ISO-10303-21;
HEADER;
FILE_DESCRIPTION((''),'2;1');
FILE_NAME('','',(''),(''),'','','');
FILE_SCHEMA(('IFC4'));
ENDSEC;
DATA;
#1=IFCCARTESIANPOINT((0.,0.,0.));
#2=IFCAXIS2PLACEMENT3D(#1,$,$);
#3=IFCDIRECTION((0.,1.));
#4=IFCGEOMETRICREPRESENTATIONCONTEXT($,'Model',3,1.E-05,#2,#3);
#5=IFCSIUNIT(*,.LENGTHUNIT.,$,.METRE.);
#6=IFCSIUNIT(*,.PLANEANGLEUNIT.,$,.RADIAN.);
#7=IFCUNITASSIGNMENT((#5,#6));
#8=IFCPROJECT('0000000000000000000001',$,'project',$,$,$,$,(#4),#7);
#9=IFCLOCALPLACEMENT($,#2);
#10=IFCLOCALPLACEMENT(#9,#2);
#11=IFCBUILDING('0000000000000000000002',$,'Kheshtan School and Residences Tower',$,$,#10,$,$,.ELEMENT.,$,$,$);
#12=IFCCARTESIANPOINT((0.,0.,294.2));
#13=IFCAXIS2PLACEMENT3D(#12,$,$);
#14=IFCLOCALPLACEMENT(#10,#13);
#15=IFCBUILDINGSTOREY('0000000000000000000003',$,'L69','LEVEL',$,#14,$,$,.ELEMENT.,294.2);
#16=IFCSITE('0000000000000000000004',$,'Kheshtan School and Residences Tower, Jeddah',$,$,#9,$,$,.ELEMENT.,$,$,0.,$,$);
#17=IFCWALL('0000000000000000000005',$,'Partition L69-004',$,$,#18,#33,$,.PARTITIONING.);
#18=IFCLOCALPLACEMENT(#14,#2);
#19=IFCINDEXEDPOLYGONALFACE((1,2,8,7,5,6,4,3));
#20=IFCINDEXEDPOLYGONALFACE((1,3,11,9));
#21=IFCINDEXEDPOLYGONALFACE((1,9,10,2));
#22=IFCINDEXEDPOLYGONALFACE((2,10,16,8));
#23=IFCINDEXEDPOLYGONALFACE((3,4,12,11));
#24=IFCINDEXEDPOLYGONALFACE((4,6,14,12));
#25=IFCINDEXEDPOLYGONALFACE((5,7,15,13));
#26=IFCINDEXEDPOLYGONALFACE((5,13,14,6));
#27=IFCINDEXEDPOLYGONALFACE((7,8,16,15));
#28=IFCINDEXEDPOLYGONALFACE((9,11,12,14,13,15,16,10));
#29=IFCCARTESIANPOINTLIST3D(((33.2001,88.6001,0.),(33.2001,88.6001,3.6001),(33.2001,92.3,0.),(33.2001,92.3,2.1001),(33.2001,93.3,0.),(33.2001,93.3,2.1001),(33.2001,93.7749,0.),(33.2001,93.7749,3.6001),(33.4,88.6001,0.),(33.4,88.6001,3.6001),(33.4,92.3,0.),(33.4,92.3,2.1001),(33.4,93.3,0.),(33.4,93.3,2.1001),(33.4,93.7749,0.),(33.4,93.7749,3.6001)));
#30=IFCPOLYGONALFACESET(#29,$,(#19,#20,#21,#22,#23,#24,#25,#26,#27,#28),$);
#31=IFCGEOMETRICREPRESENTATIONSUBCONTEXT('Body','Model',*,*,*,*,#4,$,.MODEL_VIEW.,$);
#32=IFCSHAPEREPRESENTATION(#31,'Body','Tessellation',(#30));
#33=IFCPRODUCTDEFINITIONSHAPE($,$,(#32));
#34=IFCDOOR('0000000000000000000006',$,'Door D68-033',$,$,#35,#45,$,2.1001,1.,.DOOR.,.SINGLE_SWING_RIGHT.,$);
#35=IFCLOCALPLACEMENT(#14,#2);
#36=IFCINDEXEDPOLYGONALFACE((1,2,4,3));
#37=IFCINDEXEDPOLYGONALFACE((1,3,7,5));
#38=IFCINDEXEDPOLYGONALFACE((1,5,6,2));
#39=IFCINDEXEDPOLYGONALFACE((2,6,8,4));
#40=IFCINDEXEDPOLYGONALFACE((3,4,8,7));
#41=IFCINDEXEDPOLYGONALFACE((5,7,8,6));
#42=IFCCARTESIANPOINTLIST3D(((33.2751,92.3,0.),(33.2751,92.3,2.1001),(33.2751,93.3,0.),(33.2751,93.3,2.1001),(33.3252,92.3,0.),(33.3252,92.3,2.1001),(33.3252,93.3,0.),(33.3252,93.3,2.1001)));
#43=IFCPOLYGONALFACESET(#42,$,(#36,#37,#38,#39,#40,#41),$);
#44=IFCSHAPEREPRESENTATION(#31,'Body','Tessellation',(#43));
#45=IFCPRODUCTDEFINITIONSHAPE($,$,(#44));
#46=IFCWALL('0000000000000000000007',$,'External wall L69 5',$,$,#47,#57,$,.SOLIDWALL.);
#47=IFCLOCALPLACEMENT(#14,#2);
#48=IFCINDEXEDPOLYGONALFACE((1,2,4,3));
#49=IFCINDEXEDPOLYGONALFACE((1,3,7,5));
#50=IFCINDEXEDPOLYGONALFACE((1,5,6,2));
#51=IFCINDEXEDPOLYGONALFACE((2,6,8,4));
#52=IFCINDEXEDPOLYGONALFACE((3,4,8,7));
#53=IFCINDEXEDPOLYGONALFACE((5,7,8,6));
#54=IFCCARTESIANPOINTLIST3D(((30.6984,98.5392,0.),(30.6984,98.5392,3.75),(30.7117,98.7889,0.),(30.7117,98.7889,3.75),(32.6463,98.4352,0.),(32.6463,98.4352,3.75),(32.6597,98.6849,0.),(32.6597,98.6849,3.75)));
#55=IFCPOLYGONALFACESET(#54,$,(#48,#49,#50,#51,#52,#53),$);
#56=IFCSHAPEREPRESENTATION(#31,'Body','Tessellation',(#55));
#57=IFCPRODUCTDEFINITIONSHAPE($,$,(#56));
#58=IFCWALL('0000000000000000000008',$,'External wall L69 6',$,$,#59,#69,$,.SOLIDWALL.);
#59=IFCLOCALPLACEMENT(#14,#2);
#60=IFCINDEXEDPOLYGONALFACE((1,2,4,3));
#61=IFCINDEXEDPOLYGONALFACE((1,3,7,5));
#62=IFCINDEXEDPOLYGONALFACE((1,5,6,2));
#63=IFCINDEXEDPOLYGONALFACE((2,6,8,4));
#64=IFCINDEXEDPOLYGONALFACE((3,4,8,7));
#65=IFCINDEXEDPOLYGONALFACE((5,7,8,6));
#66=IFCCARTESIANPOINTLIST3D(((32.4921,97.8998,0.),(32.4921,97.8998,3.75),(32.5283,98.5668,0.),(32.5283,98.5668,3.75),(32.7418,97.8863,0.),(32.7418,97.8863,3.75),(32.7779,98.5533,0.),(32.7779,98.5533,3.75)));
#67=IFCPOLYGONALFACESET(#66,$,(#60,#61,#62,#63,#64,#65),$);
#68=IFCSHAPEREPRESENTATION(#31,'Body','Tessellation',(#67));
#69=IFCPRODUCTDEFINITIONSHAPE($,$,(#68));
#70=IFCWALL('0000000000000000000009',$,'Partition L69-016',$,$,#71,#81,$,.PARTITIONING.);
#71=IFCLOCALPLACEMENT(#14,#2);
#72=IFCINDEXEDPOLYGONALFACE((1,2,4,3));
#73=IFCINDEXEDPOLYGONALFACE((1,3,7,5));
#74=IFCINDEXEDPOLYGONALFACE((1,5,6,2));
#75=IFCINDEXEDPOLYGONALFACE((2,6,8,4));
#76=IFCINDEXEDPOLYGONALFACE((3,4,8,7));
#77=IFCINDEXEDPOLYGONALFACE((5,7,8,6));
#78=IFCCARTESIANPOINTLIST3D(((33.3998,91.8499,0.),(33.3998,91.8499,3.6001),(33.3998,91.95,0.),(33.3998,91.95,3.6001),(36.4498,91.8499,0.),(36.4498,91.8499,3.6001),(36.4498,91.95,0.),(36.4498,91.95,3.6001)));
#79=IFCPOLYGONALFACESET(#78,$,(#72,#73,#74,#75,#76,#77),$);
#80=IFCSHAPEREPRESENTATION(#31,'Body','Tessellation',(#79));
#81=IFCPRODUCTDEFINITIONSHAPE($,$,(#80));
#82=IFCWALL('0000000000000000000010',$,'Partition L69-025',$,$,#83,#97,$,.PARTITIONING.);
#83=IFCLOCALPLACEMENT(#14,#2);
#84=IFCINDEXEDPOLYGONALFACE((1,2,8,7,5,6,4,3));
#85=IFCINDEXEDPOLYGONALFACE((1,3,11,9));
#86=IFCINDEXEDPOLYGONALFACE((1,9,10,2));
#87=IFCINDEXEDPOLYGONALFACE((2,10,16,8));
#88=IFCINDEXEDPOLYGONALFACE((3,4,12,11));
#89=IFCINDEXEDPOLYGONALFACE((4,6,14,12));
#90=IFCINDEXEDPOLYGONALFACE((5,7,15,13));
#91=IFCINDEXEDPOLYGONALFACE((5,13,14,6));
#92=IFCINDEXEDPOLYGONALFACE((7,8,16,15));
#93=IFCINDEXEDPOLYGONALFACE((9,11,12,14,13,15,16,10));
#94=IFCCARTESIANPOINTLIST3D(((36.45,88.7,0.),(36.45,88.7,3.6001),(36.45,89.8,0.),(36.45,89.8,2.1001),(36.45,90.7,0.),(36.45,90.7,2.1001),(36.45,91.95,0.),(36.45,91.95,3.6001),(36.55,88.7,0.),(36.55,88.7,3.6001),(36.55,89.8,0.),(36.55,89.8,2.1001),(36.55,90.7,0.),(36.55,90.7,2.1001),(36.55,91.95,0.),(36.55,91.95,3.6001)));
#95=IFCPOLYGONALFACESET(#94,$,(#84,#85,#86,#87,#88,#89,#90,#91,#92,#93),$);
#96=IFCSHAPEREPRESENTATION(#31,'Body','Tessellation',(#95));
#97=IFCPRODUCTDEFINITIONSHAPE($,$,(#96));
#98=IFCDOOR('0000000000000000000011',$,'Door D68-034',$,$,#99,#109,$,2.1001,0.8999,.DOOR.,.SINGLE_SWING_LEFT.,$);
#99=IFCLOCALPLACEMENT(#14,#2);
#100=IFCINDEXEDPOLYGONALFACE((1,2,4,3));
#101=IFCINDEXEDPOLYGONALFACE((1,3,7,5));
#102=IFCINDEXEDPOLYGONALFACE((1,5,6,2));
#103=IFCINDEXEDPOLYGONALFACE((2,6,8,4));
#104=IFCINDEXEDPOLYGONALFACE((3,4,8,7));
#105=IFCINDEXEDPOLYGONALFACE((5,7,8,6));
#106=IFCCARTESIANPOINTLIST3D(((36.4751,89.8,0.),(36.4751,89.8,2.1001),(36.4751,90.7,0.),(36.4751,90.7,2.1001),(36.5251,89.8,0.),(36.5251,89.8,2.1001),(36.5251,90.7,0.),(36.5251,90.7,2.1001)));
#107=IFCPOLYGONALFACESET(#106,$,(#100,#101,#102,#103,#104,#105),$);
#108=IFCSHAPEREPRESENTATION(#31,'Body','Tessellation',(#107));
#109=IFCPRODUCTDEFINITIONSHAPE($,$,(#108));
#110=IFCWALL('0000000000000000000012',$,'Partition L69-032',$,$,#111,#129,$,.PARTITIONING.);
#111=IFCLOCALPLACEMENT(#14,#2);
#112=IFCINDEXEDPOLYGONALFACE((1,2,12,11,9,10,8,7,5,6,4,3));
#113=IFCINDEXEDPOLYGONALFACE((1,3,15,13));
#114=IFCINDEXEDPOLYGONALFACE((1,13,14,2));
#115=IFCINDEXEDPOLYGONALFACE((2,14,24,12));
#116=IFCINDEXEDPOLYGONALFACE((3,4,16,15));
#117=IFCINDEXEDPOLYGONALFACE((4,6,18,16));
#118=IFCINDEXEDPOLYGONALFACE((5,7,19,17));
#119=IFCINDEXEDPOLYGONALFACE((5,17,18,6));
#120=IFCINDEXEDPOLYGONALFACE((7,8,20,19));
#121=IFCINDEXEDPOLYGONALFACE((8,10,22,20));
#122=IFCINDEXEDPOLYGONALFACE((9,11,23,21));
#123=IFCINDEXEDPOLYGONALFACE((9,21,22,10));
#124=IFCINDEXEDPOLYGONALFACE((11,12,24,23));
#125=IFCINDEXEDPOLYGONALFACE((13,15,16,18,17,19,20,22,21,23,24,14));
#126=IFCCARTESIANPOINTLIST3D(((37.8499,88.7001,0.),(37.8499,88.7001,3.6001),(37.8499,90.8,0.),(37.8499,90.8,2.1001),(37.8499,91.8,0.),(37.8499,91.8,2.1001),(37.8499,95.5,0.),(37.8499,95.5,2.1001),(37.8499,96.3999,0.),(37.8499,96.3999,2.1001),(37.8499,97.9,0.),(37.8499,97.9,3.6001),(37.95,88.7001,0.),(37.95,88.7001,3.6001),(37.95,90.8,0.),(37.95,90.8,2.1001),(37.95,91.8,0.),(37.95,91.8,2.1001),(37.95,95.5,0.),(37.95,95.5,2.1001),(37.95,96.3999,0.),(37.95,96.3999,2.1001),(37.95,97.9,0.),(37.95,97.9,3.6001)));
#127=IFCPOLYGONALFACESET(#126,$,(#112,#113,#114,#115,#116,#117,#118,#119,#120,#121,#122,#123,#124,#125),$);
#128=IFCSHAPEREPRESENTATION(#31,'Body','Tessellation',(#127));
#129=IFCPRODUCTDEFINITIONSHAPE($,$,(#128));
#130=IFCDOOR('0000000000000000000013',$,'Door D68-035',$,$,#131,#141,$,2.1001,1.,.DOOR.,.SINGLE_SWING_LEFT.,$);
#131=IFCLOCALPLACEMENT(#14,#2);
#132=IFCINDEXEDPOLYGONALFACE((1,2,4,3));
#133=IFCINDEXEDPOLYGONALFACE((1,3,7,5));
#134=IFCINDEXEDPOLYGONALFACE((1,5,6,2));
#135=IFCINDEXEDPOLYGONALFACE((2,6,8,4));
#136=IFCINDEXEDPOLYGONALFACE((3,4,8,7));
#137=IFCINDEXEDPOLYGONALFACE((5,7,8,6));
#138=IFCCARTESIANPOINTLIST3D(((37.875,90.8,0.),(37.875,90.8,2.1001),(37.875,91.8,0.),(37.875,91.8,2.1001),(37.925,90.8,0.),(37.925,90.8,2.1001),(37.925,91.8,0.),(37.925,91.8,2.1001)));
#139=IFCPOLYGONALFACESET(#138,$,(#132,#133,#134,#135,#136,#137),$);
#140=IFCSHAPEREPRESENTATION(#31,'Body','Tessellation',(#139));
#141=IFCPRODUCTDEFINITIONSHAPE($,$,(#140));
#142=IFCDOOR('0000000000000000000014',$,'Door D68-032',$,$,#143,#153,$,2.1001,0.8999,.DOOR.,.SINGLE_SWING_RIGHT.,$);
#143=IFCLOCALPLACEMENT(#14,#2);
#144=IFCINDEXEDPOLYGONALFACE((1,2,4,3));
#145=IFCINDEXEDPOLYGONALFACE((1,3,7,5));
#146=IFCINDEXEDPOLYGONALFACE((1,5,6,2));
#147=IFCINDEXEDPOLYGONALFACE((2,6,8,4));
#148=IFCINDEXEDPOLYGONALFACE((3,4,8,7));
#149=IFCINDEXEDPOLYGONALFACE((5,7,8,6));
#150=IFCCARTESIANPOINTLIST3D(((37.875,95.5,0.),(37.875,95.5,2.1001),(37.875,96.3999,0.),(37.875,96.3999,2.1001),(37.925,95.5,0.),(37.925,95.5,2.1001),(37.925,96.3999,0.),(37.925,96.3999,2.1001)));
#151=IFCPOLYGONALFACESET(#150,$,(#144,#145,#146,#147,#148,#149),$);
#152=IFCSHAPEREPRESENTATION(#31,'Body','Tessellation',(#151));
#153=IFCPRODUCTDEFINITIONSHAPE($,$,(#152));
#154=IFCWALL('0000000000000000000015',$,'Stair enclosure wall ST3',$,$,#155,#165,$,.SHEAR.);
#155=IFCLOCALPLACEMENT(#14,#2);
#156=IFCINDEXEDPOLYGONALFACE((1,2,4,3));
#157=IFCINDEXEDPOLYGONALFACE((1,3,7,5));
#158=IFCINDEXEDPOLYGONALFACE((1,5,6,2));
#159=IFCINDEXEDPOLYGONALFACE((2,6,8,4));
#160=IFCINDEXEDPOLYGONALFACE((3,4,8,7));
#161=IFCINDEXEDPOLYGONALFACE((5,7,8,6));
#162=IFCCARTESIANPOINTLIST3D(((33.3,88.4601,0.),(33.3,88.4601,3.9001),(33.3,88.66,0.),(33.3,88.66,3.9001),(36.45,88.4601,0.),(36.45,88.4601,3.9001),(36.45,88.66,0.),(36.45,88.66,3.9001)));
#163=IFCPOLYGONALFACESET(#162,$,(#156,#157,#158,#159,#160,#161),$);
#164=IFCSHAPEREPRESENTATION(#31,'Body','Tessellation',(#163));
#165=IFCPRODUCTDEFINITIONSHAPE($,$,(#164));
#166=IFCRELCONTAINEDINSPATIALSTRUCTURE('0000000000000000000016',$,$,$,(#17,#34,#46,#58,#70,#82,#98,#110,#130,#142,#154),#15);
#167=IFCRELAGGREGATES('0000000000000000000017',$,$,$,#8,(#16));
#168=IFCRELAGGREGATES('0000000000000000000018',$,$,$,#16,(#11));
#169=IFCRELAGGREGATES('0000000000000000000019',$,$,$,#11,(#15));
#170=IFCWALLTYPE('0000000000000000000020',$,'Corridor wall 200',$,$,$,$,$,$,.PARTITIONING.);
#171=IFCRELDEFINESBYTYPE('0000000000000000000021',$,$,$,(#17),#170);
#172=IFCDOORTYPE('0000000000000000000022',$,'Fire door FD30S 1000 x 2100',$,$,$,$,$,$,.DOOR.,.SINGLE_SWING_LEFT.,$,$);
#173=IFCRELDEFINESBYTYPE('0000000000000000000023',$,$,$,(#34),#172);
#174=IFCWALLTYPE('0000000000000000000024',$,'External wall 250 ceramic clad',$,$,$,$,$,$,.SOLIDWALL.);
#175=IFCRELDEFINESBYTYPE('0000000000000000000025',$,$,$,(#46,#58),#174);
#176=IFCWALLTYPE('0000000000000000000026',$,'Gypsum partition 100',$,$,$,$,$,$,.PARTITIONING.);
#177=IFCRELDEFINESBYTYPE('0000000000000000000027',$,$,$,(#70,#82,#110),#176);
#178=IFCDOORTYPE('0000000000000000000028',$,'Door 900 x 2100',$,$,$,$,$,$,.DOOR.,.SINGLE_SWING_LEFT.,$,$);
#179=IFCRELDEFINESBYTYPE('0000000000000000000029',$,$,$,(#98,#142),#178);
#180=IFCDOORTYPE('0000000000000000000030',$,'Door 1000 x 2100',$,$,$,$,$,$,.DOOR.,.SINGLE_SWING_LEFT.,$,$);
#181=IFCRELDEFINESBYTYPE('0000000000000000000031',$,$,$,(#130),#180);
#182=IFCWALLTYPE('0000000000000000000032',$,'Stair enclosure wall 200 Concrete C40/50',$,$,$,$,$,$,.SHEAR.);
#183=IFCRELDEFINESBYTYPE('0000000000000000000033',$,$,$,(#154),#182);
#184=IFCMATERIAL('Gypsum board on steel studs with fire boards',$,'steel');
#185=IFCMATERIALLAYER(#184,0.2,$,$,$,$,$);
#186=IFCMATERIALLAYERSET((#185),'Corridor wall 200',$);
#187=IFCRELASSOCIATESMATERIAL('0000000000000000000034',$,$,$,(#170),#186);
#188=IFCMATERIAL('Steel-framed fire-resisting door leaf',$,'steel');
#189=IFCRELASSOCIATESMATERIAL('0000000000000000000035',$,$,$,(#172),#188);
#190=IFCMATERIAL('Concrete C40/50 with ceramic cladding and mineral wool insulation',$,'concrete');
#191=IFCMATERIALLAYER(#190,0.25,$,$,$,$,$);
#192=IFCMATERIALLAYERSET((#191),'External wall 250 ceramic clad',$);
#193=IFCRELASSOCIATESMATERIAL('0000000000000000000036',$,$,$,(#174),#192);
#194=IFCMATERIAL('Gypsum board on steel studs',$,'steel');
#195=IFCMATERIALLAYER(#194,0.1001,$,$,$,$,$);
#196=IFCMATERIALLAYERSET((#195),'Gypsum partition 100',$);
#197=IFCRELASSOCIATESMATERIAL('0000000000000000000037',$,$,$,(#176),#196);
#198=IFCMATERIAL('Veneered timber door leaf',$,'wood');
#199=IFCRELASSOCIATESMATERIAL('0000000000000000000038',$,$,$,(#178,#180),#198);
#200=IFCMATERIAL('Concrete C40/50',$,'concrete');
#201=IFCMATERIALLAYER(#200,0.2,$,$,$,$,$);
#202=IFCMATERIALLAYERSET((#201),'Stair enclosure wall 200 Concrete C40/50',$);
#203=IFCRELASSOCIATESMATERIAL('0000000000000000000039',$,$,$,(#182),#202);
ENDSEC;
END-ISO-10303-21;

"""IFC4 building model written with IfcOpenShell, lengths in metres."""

from ifc_helpers import new_model, si_unit, direction, frame, frame_2d, origin, place, context, subcontext, project, spatial, rectangle, extrude, source, transform, mapped, material, layer, layer_set, type_object, element, fill, save


model = new_model("IFC4")

# Units and contexts
model_context = context("Model", 3, precision=1e-05, world=origin(), true_north=direction((0.0, 1.0)))
body_context = subcontext(model_context, "Body", "Model", "MODEL_VIEW")
ifc_project = project(units=[si_unit("LENGTHUNIT", "METRE"), si_unit("PLANEANGLEUNIT", "RADIAN")], contexts=[model_context])

# Site, building, storey
site_placement = place(None, origin())
site = spatial("IfcSite", under=ifc_project, at=site_placement, Name="Kheshtan School and Residences Tower, Jeddah", CompositionType="ELEMENT", RefElevation=0.0)
building_placement = place(site_placement, origin())
building = spatial("IfcBuilding", under=site, at=building_placement, Name="Kheshtan School and Residences Tower", CompositionType="ELEMENT")
storey_placement = place(building_placement, frame((0.0, 0.0, 294.2)))
storey = spatial("IfcBuildingStorey", under=building, at=storey_placement, Name="L69", Description="LEVEL", CompositionType="ELEMENT", Elevation=294.2)

# Shared definitions
ifc_material_1 = material(Name="Gypsum board on steel studs with fire boards", Category="steel")
ifc_layer_1 = layer(ifc_material_1, 0.2)
ifc_layer_set_1 = layer_set([ifc_layer_1], Name="Corridor wall 200")
wall_type_1 = type_object("IfcWallType", Name="Corridor wall 200", PredefinedType="PARTITIONING", material=ifc_layer_set_1)

# Wall, opening, door
wall_1_placement = place(storey_placement, frame((33.3, 88.6001, 0.0), z_axis=(0.0, 0.0, 1.0), x_axis=(0.0, 1.0, 0.0)))
wall_1 = element("IfcWall", 1, at=wall_1_placement, inside=storey, type_object=wall_type_1, Name="Partition L69-004", PredefinedType="PARTITIONING", context=body_context, shape_type="SweptSolid", body=[
    extrude(rectangle(XDim=5.1748, YDim=0.2, at=frame_2d((2.5874, 0.0))), origin(), (0.0, 0.0, 1.0), 3.6001),
])
opening_1_placement = place(wall_1_placement, frame((3.7, 0.0, 0.0)))
opening_1 = element("IfcOpeningElement", 2, at=opening_1_placement, cuts=wall_1, PredefinedType="OPENING", context=body_context, shape_type="SweptSolid", body=[
    extrude(rectangle(XDim=1.0, YDim=2.1001, at=frame_2d((0.5, 1.05))), frame((0.0, 0.1099, 0.0), z_axis=(0.0, -1.0, 0.0), x_axis=(1.0, 0.0, 0.0)), (0.0, 0.0, 1.0), 0.22),
])
ifc_material_2 = material(Name="Steel-framed fire-resisting door leaf", Category="steel")
door_type_1 = type_object("IfcDoorType", Name="Fire door FD30S 1000 x 2100", OperationType="SINGLE_SWING_LEFT", PredefinedType="DOOR", material=ifc_material_2)
shared_shape_1 = source(origin(), body_context, "Body", "SweptSolid", [
    extrude(rectangle(XDim=1.0, YDim=2.1001, at=frame_2d((0.5, 1.05))), frame((0.0, 0.0249, 0.0), z_axis=(0.0, -1.0, 0.0), x_axis=(1.0, 0.0, 0.0)), (0.0, 0.0, 1.0), 0.05),
])
door_1_placement = place(opening_1_placement, origin())
door_1 = element("IfcDoor", 3, at=door_1_placement, inside=storey, type_object=door_type_1, Name="Door D68-033", OperationType="SINGLE_SWING_RIGHT", OverallHeight=2.1001, OverallWidth=1.0, PredefinedType="DOOR", context=body_context, shape_type="MappedRepresentation", body=[
    mapped(shared_shape_1, transform((0.0, 0.0, 0.0), x_axis=(1.0, 0.0, 0.0), y_axis=(0.0, 1.0, 0.0), z_axis=(0.0, 0.0, 1.0), scale=1.0)),
])
fill(opening_1, door_1)

# Walls
ifc_material_3 = material(Name="Concrete C40/50 with ceramic cladding and mineral wool insulation", Category="concrete")
ifc_layer_2 = layer(ifc_material_3, 0.25)
ifc_layer_set_2 = layer_set([ifc_layer_2], Name="External wall 250 ceramic clad")
wall_type_2 = type_object("IfcWallType", Name="External wall 250 ceramic clad", PredefinedType="SOLIDWALL", material=ifc_layer_set_2)
wall_2_placement = place(storey_placement, frame((30.7051, 98.6641, 0.0), z_axis=(0.0, 0.0, 1.0), x_axis=(0.998578, -0.053314, 0.0)))
element("IfcWall", 4, at=wall_2_placement, inside=storey, type_object=wall_type_2, Name="External wall L69 5", PredefinedType="SOLIDWALL", context=body_context, shape_type="SweptSolid", body=[
    extrude(rectangle(XDim=1.9507, YDim=0.25, at=frame_2d((0.9753, 0.0))), origin(), (0.0, 0.0, 1.0), 3.75),
])
wall_3_placement = place(storey_placement, frame((32.6531, 98.5601, 0.0), z_axis=(0.0, 0.0, 1.0), x_axis=(-0.054093, -0.998536, 0.0)))
element("IfcWall", 5, at=wall_3_placement, inside=storey, type_object=wall_type_2, Name="External wall L69 6", PredefinedType="SOLIDWALL", context=body_context, shape_type="SweptSolid", body=[
    extrude(rectangle(XDim=0.668, YDim=0.25, at=frame_2d((0.334, 0.0))), origin(), (0.0, 0.0, 1.0), 3.75),
])
ifc_material_4 = material(Name="Gypsum board on steel studs", Category="steel")
ifc_layer_3 = layer(ifc_material_4, 0.1001)
ifc_layer_set_3 = layer_set([ifc_layer_3], Name="Gypsum partition 100")
wall_type_3 = type_object("IfcWallType", Name="Gypsum partition 100", PredefinedType="PARTITIONING", material=ifc_layer_set_3)
wall_4_placement = place(storey_placement, frame((33.3999, 91.8999, 0.0), z_axis=(0.0, 0.0, 1.0), x_axis=(1.0, 0.0, 0.0)))
element("IfcWall", 6, at=wall_4_placement, inside=storey, type_object=wall_type_3, Name="Partition L69-016", PredefinedType="PARTITIONING", context=body_context, shape_type="SweptSolid", body=[
    extrude(rectangle(XDim=3.05, YDim=0.1001, at=frame_2d((1.5249, 0.0))), origin(), (0.0, 0.0, 1.0), 3.6001),
])

# Wall, opening, door
wall_5_placement = place(storey_placement, frame((36.5, 88.7, 0.0), z_axis=(0.0, 0.0, 1.0), x_axis=(0.0, 1.0, 0.0)))
wall_5 = element("IfcWall", 7, at=wall_5_placement, inside=storey, type_object=wall_type_3, Name="Partition L69-025", PredefinedType="PARTITIONING", context=body_context, shape_type="SweptSolid", body=[
    extrude(rectangle(XDim=3.25, YDim=0.1001, at=frame_2d((1.625, 0.0))), origin(), (0.0, 0.0, 1.0), 3.6001),
])
opening_2_placement = place(wall_5_placement, frame((1.1001, 0.0, 0.0)))
opening_2 = element("IfcOpeningElement", 8, at=opening_2_placement, cuts=wall_5, PredefinedType="OPENING", context=body_context, shape_type="SweptSolid", body=[
    extrude(rectangle(XDim=0.8999, YDim=2.1001, at=frame_2d((0.45, 1.05))), frame((0.0, 0.0601, 0.0), z_axis=(0.0, -1.0, 0.0), x_axis=(1.0, 0.0, 0.0)), (0.0, 0.0, 1.0), 0.1201),
])
ifc_material_5 = material(Name="Veneered timber door leaf", Category="wood")
door_type_2 = type_object("IfcDoorType", Name="Door 900 x 2100", OperationType="SINGLE_SWING_LEFT", PredefinedType="DOOR", material=ifc_material_5)
shared_shape_2 = source(origin(), body_context, "Body", "SweptSolid", [
    extrude(rectangle(XDim=0.8999, YDim=2.1001, at=frame_2d((0.45, 1.05))), frame((0.0, 0.0249, 0.0), z_axis=(0.0, -1.0, 0.0), x_axis=(1.0, 0.0, 0.0)), (0.0, 0.0, 1.0), 0.05),
])
door_2_placement = place(opening_2_placement, origin())
door_2 = element("IfcDoor", 9, at=door_2_placement, inside=storey, type_object=door_type_2, Name="Door D68-034", OperationType="SINGLE_SWING_LEFT", OverallHeight=2.1001, OverallWidth=0.8999, PredefinedType="DOOR", context=body_context, shape_type="MappedRepresentation", body=[
    mapped(shared_shape_2, transform((0.0, 0.0, 0.0), x_axis=(1.0, 0.0, 0.0), y_axis=(0.0, 1.0, 0.0), z_axis=(0.0, 0.0, 1.0), scale=1.0)),
])
fill(opening_2, door_2)

# Wall, openings, doors
wall_6_placement = place(storey_placement, frame((37.8999, 88.7, 0.0), z_axis=(0.0, 0.0, 1.0), x_axis=(0.0, 1.0, 0.0)))
wall_6 = element("IfcWall", 10, at=wall_6_placement, inside=storey, type_object=wall_type_3, Name="Partition L69-032", PredefinedType="PARTITIONING", context=body_context, shape_type="SweptSolid", body=[
    extrude(rectangle(XDim=9.2, YDim=0.1001, at=frame_2d((4.6001, 0.0))), origin(), (0.0, 0.0, 1.0), 3.6001),
])
opening_3_placement = place(wall_6_placement, frame((6.8, 0.0, 0.0)))
opening_3 = element("IfcOpeningElement", 11, at=opening_3_placement, cuts=wall_6, PredefinedType="OPENING", context=body_context, shape_type="SweptSolid", body=[
    extrude(rectangle(XDim=0.8999, YDim=2.1001, at=frame_2d((0.45, 1.05))), frame((0.0, 0.0601, 0.0), z_axis=(0.0, -1.0, 0.0), x_axis=(1.0, 0.0, 0.0)), (0.0, 0.0, 1.0), 0.1201),
])
opening_4_placement = place(wall_6_placement, frame((2.1001, 0.0, 0.0)))
opening_4 = element("IfcOpeningElement", 12, at=opening_4_placement, cuts=wall_6, PredefinedType="OPENING", context=body_context, shape_type="SweptSolid", body=[
    extrude(rectangle(XDim=1.0, YDim=2.1001, at=frame_2d((0.5, 1.05))), frame((0.0, 0.0601, 0.0), z_axis=(0.0, -1.0, 0.0), x_axis=(1.0, 0.0, 0.0)), (0.0, 0.0, 1.0), 0.1201),
])
door_type_3 = type_object("IfcDoorType", Name="Door 1000 x 2100", OperationType="SINGLE_SWING_LEFT", PredefinedType="DOOR", material=ifc_material_5)
shared_shape_3 = source(origin(), body_context, "Body", "SweptSolid", [
    extrude(rectangle(XDim=1.0, YDim=2.1001, at=frame_2d((0.5, 1.05))), frame((0.0, 0.0249, 0.0), z_axis=(0.0, -1.0, 0.0), x_axis=(1.0, 0.0, 0.0)), (0.0, 0.0, 1.0), 0.05),
])
door_3_placement = place(opening_4_placement, origin())
door_3 = element("IfcDoor", 13, at=door_3_placement, inside=storey, type_object=door_type_3, Name="Door D68-035", OperationType="SINGLE_SWING_LEFT", OverallHeight=2.1001, OverallWidth=1.0, PredefinedType="DOOR", context=body_context, shape_type="MappedRepresentation", body=[
    mapped(shared_shape_3, transform((0.0, 0.0, 0.0), x_axis=(1.0, 0.0, 0.0), y_axis=(0.0, 1.0, 0.0), z_axis=(0.0, 0.0, 1.0), scale=1.0)),
])
fill(opening_4, door_3)
door_4_placement = place(opening_3_placement, origin())
door_4 = element("IfcDoor", 14, at=door_4_placement, inside=storey, type_object=door_type_2, Name="Door D68-032", OperationType="SINGLE_SWING_RIGHT", OverallHeight=2.1001, OverallWidth=0.8999, PredefinedType="DOOR", context=body_context, shape_type="MappedRepresentation", body=[
    mapped(shared_shape_2, transform((0.0, 0.0, 0.0), x_axis=(1.0, 0.0, 0.0), y_axis=(0.0, 1.0, 0.0), z_axis=(0.0, 0.0, 1.0), scale=1.0)),
])
fill(opening_3, door_4)

# Wall
ifc_material_6 = material(Name="Concrete C40/50", Category="concrete")
ifc_layer_4 = layer(ifc_material_6, 0.2)
ifc_layer_set_4 = layer_set([ifc_layer_4], Name="Stair enclosure wall 200 Concrete C40/50")
wall_type_4 = type_object("IfcWallType", Name="Stair enclosure wall 200 Concrete C40/50", PredefinedType="SHEAR", material=ifc_layer_set_4)
wall_7_placement = place(storey_placement, frame((33.3, 88.5601, 0.0), z_axis=(0.0, 0.0, 1.0), x_axis=(1.0, 0.0, 0.0)))
element("IfcWall", 15, at=wall_7_placement, inside=storey, type_object=wall_type_4, Name="Stair enclosure wall ST3", PredefinedType="SHEAR", context=body_context, shape_type="SweptSolid", body=[
    extrude(rectangle(XDim=3.1499, YDim=0.2, at=frame_2d((1.575, 0.0))), origin(), (0.0, 0.0, 1.0), 3.9001),
])

save(model, "model.ifc")
